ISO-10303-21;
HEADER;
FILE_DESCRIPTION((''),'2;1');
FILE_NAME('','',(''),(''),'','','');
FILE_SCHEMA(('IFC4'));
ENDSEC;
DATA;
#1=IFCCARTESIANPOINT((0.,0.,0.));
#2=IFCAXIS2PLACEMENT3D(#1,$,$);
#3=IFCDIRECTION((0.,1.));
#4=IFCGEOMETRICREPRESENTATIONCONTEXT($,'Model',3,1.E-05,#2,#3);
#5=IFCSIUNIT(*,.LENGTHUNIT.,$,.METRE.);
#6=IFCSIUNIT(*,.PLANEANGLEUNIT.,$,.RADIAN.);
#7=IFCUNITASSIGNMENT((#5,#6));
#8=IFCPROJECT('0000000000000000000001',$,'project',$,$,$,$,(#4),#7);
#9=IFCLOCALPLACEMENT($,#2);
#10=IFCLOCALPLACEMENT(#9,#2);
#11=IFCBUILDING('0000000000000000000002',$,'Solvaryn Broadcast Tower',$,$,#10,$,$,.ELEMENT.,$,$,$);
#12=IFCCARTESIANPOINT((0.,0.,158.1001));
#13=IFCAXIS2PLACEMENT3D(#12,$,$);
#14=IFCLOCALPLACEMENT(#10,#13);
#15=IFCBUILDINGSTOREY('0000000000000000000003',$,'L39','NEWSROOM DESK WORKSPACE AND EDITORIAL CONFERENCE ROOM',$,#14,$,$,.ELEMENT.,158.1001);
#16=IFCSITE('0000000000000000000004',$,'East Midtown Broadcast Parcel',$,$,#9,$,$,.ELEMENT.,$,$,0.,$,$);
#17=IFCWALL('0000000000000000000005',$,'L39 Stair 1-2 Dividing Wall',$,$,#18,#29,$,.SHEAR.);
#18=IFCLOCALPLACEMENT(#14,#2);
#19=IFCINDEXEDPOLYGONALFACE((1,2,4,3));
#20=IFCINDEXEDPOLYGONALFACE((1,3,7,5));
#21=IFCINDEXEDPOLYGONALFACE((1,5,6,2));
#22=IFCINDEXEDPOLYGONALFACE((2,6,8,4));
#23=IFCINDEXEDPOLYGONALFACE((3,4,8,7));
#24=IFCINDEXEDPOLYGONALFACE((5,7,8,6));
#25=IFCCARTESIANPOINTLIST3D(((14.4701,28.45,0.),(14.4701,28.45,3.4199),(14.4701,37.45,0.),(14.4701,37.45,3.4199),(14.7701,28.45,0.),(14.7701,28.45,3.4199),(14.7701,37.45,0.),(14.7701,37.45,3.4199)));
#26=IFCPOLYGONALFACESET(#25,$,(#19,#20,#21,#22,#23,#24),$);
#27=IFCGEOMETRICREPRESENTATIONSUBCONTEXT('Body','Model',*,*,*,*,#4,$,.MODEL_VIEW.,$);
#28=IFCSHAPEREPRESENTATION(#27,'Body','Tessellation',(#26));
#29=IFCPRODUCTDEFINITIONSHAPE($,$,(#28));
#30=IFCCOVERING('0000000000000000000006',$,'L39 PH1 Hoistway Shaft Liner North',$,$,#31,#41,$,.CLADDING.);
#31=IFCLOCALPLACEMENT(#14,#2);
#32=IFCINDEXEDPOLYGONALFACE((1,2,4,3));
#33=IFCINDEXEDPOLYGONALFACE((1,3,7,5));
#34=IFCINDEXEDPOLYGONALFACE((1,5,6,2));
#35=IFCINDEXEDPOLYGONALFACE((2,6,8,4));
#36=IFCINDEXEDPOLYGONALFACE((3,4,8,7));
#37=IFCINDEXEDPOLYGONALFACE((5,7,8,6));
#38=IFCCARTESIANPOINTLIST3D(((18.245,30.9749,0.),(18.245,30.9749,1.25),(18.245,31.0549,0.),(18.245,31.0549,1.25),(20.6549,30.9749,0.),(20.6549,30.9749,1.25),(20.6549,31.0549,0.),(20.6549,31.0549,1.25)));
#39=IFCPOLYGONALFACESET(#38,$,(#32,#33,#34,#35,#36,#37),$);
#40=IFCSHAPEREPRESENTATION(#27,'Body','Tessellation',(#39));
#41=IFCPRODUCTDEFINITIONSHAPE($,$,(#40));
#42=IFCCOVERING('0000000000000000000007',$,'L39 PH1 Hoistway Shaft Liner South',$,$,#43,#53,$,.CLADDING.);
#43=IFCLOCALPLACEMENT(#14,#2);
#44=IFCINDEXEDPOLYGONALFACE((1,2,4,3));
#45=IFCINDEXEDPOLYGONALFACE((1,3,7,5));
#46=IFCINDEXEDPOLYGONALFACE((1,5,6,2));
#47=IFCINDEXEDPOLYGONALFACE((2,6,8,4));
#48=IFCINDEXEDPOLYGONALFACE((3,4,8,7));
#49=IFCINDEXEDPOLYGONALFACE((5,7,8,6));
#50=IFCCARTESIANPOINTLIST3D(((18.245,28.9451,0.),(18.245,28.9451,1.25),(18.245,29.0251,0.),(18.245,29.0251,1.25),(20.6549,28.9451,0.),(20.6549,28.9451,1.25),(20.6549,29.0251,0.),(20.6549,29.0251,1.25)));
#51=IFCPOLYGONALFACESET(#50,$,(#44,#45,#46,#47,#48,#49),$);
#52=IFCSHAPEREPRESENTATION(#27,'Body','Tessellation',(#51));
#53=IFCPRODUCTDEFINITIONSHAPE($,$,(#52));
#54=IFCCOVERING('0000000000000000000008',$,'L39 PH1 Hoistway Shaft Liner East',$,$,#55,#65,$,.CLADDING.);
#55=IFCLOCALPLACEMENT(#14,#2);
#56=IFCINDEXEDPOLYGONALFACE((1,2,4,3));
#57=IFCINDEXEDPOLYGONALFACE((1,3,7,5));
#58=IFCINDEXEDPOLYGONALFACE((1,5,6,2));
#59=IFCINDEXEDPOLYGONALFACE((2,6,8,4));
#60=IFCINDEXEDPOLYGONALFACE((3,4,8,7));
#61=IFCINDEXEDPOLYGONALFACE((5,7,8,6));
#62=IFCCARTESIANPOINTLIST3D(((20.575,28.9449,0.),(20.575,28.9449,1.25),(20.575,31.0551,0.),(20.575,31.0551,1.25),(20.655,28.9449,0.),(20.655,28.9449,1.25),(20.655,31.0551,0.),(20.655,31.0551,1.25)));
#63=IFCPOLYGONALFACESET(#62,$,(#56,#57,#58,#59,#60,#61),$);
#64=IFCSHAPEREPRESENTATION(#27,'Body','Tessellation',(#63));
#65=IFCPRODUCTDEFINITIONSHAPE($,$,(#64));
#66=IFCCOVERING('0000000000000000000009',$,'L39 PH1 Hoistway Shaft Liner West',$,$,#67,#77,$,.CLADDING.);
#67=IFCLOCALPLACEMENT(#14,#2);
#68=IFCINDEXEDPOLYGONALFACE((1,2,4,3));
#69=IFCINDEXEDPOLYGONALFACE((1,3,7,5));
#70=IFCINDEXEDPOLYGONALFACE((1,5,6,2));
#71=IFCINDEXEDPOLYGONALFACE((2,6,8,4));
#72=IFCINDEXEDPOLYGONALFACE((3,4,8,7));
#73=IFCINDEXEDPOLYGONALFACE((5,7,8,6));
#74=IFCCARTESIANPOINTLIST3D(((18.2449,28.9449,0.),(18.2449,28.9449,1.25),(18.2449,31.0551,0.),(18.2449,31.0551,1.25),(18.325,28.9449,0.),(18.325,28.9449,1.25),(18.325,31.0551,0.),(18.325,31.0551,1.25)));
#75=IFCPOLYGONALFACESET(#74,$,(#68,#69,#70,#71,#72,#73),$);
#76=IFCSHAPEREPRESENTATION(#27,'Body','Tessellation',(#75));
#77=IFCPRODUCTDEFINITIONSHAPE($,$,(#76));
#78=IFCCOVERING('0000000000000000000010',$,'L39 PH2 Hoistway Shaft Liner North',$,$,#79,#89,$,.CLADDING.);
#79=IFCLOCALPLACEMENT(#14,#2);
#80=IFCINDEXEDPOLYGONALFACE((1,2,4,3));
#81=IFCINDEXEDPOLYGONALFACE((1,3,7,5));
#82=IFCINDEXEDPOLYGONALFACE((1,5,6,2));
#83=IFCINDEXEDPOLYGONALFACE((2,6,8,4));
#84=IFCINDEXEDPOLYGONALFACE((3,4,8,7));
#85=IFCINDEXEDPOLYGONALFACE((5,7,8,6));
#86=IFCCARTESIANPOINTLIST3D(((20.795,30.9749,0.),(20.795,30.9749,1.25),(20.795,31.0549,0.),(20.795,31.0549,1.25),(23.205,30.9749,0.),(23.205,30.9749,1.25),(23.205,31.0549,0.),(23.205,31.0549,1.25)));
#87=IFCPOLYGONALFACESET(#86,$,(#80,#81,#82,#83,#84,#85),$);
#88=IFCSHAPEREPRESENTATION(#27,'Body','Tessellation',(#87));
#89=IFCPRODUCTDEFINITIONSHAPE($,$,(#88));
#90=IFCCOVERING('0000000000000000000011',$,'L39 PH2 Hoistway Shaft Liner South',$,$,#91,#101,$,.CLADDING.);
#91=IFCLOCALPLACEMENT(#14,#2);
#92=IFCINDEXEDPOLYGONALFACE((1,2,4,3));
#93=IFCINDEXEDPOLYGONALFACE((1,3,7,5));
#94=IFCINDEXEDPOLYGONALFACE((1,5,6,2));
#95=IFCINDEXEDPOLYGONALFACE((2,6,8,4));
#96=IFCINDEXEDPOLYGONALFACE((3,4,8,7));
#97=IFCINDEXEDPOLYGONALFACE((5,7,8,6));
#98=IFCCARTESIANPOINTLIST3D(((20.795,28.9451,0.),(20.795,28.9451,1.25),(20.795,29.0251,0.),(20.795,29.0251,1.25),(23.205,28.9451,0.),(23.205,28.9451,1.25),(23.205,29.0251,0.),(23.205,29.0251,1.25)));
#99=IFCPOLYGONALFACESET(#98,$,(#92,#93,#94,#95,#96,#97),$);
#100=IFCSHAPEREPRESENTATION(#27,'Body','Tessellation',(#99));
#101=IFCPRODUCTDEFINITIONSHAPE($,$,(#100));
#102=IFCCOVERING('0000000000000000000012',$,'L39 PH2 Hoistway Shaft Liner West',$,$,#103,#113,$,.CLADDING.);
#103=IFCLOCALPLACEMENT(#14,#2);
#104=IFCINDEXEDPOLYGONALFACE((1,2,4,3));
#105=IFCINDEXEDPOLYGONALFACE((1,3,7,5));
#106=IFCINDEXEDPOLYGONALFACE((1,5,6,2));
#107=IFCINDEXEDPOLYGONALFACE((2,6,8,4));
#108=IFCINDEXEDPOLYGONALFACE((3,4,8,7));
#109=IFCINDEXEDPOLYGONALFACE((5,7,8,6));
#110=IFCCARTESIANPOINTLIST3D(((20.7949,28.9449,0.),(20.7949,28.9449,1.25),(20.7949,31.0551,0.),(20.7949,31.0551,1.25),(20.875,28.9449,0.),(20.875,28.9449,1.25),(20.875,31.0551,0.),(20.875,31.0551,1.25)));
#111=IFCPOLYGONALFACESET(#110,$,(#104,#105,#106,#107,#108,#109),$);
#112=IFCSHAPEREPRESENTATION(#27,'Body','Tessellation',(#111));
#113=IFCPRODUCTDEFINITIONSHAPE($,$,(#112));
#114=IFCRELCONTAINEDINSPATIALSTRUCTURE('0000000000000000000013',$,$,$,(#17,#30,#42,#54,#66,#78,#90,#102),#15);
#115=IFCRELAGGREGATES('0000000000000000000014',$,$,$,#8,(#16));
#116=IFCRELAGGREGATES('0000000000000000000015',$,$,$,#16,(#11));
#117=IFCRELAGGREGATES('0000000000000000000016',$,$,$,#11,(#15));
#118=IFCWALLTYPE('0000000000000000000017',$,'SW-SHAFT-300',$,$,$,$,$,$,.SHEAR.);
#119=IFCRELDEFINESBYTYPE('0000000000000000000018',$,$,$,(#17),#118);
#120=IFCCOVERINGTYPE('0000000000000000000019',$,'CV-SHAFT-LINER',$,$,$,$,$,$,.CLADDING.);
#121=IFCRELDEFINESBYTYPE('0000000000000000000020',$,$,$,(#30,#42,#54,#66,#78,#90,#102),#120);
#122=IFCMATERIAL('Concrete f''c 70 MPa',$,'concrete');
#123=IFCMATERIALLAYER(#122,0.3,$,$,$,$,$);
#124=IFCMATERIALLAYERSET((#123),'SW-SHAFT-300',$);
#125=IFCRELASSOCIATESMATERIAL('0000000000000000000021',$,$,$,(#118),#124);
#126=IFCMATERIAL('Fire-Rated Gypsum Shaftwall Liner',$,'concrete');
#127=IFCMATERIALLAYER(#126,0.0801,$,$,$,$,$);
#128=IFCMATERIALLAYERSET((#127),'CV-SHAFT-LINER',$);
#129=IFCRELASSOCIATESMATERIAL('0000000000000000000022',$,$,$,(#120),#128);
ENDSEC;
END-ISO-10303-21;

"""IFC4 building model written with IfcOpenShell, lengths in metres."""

from ifc_helpers import new_model, si_unit, direction, frame, frame_2d, origin, origin_2d, place, context, subcontext, project, spatial, rectangle, extrude, material, layer, layer_set, type_object, element, save


model = new_model("IFC4")

# Units and contexts
model_context = context("Model", 3, precision=1e-05, world=origin(), true_north=direction((0.0, 1.0)))
body_context = subcontext(model_context, "Body", "Model", "MODEL_VIEW")
ifc_project = project(units=[si_unit("LENGTHUNIT", "METRE"), si_unit("PLANEANGLEUNIT", "RADIAN")], contexts=[model_context])

# Site, building, storey
site_placement = place(None, origin())
site = spatial("IfcSite", under=ifc_project, at=site_placement, Name="East Midtown Broadcast Parcel", CompositionType="ELEMENT", RefElevation=0.0)
building_placement = place(site_placement, origin())
building = spatial("IfcBuilding", under=site, at=building_placement, Name="Solvaryn Broadcast Tower", CompositionType="ELEMENT")
storey_placement = place(building_placement, frame((0.0, 0.0, 158.1001)))
storey = spatial("IfcBuildingStorey", under=building, at=storey_placement, Name="L39", Description="NEWSROOM DESK WORKSPACE AND EDITORIAL CONFERENCE ROOM", CompositionType="ELEMENT", Elevation=158.1001)

# Wall
ifc_material_1 = material(Name="Concrete f'c 70 MPa", Category="concrete")
ifc_layer_1 = layer(ifc_material_1, 0.3)
ifc_layer_set_1 = layer_set([ifc_layer_1], Name="SW-SHAFT-300")
wall_type_1 = type_object("IfcWallType", Name="SW-SHAFT-300", PredefinedType="SHEAR", material=ifc_layer_set_1)
wall_1_placement = place(storey_placement, frame((14.6201, 28.45, 0.0), z_axis=(0.0, 0.0, 1.0), x_axis=(0.0, 1.0, 0.0)))
element("IfcWall", 1, at=wall_1_placement, inside=storey, type_object=wall_type_1, Name="L39 Stair 1-2 Dividing Wall", PredefinedType="SHEAR", context=body_context, shape_type="SweptSolid", body=[
    extrude(rectangle(XDim=9.0, YDim=0.3, at=frame_2d((4.5, 0.0))), origin(), (0.0, 0.0, 1.0), 3.4199),
])

# Coverings
ifc_material_2 = material(Name="Fire-Rated Gypsum Shaftwall Liner", Category="concrete")
ifc_layer_2 = layer(ifc_material_2, 0.0801)
ifc_layer_set_2 = layer_set([ifc_layer_2], Name="CV-SHAFT-LINER")
covering_type = type_object("IfcCoveringType", Name="CV-SHAFT-LINER", PredefinedType="CLADDING", material=ifc_layer_set_2)
for number, where, z_axis, x_axis, name in (
    (2, (19.45, 31.0149, 0.0), (0.0, 0.0, 1.0), (1.0, 0.0, 0.0), "L39 PH1 Hoistway Shaft Liner North"),
    (3, (19.45, 28.9851, 0.0), (0.0, 0.0, 1.0), (1.0, 0.0, 0.0), "L39 PH1 Hoistway Shaft Liner South"),
):
    element("IfcCovering", number, at=place(storey_placement, frame(where, z_axis=z_axis, x_axis=x_axis)), inside=storey, type_object=covering_type, Name=name, PredefinedType="CLADDING", context=body_context, shape_type="SweptSolid", body=[
        extrude(rectangle(XDim=2.4099, YDim=0.0801, at=origin_2d()), origin(), (0.0, 0.0, 1.0), 1.25),
    ])
for number, where, z_axis, x_axis, name in (
    (4, (20.615, 30.0, 0.0), (0.0, 0.0, 1.0), (1.0, 0.0, 0.0), "L39 PH1 Hoistway Shaft Liner East"),
    (5, (18.2849, 30.0, 0.0), (0.0, 0.0, 1.0), (1.0, 0.0, 0.0), "L39 PH1 Hoistway Shaft Liner West"),
):
    element("IfcCovering", number, at=place(storey_placement, frame(where, z_axis=z_axis, x_axis=x_axis)), inside=storey, type_object=covering_type, Name=name, PredefinedType="CLADDING", context=body_context, shape_type="SweptSolid", body=[
        extrude(rectangle(XDim=0.0801, YDim=2.1101, at=origin_2d()), origin(), (0.0, 0.0, 1.0), 1.25),
    ])
for number, where, z_axis, x_axis, name in (
    (6, (22.0, 31.0149, 0.0), (0.0, 0.0, 1.0), (1.0, 0.0, 0.0), "L39 PH2 Hoistway Shaft Liner North"),
    (7, (22.0, 28.9851, 0.0), (0.0, 0.0, 1.0), (1.0, 0.0, 0.0), "L39 PH2 Hoistway Shaft Liner South"),
):
    element("IfcCovering", number, at=place(storey_placement, frame(where, z_axis=z_axis, x_axis=x_axis)), inside=storey, type_object=covering_type, Name=name, PredefinedType="CLADDING", context=body_context, shape_type="SweptSolid", body=[
        extrude(rectangle(XDim=2.4099, YDim=0.0801, at=origin_2d()), origin(), (0.0, 0.0, 1.0), 1.25),
    ])
covering_placement = place(storey_placement, frame((20.835, 30.0, 0.0), z_axis=(0.0, 0.0, 1.0), x_axis=(1.0, 0.0, 0.0)))
element("IfcCovering", 8, at=covering_placement, inside=storey, type_object=covering_type, Name="L39 PH2 Hoistway Shaft Liner West", PredefinedType="CLADDING", context=body_context, shape_type="SweptSolid", body=[
    extrude(rectangle(XDim=0.0801, YDim=2.1101, at=origin_2d()), origin(), (0.0, 0.0, 1.0), 1.25),
])

save(model, "model.ifc")
